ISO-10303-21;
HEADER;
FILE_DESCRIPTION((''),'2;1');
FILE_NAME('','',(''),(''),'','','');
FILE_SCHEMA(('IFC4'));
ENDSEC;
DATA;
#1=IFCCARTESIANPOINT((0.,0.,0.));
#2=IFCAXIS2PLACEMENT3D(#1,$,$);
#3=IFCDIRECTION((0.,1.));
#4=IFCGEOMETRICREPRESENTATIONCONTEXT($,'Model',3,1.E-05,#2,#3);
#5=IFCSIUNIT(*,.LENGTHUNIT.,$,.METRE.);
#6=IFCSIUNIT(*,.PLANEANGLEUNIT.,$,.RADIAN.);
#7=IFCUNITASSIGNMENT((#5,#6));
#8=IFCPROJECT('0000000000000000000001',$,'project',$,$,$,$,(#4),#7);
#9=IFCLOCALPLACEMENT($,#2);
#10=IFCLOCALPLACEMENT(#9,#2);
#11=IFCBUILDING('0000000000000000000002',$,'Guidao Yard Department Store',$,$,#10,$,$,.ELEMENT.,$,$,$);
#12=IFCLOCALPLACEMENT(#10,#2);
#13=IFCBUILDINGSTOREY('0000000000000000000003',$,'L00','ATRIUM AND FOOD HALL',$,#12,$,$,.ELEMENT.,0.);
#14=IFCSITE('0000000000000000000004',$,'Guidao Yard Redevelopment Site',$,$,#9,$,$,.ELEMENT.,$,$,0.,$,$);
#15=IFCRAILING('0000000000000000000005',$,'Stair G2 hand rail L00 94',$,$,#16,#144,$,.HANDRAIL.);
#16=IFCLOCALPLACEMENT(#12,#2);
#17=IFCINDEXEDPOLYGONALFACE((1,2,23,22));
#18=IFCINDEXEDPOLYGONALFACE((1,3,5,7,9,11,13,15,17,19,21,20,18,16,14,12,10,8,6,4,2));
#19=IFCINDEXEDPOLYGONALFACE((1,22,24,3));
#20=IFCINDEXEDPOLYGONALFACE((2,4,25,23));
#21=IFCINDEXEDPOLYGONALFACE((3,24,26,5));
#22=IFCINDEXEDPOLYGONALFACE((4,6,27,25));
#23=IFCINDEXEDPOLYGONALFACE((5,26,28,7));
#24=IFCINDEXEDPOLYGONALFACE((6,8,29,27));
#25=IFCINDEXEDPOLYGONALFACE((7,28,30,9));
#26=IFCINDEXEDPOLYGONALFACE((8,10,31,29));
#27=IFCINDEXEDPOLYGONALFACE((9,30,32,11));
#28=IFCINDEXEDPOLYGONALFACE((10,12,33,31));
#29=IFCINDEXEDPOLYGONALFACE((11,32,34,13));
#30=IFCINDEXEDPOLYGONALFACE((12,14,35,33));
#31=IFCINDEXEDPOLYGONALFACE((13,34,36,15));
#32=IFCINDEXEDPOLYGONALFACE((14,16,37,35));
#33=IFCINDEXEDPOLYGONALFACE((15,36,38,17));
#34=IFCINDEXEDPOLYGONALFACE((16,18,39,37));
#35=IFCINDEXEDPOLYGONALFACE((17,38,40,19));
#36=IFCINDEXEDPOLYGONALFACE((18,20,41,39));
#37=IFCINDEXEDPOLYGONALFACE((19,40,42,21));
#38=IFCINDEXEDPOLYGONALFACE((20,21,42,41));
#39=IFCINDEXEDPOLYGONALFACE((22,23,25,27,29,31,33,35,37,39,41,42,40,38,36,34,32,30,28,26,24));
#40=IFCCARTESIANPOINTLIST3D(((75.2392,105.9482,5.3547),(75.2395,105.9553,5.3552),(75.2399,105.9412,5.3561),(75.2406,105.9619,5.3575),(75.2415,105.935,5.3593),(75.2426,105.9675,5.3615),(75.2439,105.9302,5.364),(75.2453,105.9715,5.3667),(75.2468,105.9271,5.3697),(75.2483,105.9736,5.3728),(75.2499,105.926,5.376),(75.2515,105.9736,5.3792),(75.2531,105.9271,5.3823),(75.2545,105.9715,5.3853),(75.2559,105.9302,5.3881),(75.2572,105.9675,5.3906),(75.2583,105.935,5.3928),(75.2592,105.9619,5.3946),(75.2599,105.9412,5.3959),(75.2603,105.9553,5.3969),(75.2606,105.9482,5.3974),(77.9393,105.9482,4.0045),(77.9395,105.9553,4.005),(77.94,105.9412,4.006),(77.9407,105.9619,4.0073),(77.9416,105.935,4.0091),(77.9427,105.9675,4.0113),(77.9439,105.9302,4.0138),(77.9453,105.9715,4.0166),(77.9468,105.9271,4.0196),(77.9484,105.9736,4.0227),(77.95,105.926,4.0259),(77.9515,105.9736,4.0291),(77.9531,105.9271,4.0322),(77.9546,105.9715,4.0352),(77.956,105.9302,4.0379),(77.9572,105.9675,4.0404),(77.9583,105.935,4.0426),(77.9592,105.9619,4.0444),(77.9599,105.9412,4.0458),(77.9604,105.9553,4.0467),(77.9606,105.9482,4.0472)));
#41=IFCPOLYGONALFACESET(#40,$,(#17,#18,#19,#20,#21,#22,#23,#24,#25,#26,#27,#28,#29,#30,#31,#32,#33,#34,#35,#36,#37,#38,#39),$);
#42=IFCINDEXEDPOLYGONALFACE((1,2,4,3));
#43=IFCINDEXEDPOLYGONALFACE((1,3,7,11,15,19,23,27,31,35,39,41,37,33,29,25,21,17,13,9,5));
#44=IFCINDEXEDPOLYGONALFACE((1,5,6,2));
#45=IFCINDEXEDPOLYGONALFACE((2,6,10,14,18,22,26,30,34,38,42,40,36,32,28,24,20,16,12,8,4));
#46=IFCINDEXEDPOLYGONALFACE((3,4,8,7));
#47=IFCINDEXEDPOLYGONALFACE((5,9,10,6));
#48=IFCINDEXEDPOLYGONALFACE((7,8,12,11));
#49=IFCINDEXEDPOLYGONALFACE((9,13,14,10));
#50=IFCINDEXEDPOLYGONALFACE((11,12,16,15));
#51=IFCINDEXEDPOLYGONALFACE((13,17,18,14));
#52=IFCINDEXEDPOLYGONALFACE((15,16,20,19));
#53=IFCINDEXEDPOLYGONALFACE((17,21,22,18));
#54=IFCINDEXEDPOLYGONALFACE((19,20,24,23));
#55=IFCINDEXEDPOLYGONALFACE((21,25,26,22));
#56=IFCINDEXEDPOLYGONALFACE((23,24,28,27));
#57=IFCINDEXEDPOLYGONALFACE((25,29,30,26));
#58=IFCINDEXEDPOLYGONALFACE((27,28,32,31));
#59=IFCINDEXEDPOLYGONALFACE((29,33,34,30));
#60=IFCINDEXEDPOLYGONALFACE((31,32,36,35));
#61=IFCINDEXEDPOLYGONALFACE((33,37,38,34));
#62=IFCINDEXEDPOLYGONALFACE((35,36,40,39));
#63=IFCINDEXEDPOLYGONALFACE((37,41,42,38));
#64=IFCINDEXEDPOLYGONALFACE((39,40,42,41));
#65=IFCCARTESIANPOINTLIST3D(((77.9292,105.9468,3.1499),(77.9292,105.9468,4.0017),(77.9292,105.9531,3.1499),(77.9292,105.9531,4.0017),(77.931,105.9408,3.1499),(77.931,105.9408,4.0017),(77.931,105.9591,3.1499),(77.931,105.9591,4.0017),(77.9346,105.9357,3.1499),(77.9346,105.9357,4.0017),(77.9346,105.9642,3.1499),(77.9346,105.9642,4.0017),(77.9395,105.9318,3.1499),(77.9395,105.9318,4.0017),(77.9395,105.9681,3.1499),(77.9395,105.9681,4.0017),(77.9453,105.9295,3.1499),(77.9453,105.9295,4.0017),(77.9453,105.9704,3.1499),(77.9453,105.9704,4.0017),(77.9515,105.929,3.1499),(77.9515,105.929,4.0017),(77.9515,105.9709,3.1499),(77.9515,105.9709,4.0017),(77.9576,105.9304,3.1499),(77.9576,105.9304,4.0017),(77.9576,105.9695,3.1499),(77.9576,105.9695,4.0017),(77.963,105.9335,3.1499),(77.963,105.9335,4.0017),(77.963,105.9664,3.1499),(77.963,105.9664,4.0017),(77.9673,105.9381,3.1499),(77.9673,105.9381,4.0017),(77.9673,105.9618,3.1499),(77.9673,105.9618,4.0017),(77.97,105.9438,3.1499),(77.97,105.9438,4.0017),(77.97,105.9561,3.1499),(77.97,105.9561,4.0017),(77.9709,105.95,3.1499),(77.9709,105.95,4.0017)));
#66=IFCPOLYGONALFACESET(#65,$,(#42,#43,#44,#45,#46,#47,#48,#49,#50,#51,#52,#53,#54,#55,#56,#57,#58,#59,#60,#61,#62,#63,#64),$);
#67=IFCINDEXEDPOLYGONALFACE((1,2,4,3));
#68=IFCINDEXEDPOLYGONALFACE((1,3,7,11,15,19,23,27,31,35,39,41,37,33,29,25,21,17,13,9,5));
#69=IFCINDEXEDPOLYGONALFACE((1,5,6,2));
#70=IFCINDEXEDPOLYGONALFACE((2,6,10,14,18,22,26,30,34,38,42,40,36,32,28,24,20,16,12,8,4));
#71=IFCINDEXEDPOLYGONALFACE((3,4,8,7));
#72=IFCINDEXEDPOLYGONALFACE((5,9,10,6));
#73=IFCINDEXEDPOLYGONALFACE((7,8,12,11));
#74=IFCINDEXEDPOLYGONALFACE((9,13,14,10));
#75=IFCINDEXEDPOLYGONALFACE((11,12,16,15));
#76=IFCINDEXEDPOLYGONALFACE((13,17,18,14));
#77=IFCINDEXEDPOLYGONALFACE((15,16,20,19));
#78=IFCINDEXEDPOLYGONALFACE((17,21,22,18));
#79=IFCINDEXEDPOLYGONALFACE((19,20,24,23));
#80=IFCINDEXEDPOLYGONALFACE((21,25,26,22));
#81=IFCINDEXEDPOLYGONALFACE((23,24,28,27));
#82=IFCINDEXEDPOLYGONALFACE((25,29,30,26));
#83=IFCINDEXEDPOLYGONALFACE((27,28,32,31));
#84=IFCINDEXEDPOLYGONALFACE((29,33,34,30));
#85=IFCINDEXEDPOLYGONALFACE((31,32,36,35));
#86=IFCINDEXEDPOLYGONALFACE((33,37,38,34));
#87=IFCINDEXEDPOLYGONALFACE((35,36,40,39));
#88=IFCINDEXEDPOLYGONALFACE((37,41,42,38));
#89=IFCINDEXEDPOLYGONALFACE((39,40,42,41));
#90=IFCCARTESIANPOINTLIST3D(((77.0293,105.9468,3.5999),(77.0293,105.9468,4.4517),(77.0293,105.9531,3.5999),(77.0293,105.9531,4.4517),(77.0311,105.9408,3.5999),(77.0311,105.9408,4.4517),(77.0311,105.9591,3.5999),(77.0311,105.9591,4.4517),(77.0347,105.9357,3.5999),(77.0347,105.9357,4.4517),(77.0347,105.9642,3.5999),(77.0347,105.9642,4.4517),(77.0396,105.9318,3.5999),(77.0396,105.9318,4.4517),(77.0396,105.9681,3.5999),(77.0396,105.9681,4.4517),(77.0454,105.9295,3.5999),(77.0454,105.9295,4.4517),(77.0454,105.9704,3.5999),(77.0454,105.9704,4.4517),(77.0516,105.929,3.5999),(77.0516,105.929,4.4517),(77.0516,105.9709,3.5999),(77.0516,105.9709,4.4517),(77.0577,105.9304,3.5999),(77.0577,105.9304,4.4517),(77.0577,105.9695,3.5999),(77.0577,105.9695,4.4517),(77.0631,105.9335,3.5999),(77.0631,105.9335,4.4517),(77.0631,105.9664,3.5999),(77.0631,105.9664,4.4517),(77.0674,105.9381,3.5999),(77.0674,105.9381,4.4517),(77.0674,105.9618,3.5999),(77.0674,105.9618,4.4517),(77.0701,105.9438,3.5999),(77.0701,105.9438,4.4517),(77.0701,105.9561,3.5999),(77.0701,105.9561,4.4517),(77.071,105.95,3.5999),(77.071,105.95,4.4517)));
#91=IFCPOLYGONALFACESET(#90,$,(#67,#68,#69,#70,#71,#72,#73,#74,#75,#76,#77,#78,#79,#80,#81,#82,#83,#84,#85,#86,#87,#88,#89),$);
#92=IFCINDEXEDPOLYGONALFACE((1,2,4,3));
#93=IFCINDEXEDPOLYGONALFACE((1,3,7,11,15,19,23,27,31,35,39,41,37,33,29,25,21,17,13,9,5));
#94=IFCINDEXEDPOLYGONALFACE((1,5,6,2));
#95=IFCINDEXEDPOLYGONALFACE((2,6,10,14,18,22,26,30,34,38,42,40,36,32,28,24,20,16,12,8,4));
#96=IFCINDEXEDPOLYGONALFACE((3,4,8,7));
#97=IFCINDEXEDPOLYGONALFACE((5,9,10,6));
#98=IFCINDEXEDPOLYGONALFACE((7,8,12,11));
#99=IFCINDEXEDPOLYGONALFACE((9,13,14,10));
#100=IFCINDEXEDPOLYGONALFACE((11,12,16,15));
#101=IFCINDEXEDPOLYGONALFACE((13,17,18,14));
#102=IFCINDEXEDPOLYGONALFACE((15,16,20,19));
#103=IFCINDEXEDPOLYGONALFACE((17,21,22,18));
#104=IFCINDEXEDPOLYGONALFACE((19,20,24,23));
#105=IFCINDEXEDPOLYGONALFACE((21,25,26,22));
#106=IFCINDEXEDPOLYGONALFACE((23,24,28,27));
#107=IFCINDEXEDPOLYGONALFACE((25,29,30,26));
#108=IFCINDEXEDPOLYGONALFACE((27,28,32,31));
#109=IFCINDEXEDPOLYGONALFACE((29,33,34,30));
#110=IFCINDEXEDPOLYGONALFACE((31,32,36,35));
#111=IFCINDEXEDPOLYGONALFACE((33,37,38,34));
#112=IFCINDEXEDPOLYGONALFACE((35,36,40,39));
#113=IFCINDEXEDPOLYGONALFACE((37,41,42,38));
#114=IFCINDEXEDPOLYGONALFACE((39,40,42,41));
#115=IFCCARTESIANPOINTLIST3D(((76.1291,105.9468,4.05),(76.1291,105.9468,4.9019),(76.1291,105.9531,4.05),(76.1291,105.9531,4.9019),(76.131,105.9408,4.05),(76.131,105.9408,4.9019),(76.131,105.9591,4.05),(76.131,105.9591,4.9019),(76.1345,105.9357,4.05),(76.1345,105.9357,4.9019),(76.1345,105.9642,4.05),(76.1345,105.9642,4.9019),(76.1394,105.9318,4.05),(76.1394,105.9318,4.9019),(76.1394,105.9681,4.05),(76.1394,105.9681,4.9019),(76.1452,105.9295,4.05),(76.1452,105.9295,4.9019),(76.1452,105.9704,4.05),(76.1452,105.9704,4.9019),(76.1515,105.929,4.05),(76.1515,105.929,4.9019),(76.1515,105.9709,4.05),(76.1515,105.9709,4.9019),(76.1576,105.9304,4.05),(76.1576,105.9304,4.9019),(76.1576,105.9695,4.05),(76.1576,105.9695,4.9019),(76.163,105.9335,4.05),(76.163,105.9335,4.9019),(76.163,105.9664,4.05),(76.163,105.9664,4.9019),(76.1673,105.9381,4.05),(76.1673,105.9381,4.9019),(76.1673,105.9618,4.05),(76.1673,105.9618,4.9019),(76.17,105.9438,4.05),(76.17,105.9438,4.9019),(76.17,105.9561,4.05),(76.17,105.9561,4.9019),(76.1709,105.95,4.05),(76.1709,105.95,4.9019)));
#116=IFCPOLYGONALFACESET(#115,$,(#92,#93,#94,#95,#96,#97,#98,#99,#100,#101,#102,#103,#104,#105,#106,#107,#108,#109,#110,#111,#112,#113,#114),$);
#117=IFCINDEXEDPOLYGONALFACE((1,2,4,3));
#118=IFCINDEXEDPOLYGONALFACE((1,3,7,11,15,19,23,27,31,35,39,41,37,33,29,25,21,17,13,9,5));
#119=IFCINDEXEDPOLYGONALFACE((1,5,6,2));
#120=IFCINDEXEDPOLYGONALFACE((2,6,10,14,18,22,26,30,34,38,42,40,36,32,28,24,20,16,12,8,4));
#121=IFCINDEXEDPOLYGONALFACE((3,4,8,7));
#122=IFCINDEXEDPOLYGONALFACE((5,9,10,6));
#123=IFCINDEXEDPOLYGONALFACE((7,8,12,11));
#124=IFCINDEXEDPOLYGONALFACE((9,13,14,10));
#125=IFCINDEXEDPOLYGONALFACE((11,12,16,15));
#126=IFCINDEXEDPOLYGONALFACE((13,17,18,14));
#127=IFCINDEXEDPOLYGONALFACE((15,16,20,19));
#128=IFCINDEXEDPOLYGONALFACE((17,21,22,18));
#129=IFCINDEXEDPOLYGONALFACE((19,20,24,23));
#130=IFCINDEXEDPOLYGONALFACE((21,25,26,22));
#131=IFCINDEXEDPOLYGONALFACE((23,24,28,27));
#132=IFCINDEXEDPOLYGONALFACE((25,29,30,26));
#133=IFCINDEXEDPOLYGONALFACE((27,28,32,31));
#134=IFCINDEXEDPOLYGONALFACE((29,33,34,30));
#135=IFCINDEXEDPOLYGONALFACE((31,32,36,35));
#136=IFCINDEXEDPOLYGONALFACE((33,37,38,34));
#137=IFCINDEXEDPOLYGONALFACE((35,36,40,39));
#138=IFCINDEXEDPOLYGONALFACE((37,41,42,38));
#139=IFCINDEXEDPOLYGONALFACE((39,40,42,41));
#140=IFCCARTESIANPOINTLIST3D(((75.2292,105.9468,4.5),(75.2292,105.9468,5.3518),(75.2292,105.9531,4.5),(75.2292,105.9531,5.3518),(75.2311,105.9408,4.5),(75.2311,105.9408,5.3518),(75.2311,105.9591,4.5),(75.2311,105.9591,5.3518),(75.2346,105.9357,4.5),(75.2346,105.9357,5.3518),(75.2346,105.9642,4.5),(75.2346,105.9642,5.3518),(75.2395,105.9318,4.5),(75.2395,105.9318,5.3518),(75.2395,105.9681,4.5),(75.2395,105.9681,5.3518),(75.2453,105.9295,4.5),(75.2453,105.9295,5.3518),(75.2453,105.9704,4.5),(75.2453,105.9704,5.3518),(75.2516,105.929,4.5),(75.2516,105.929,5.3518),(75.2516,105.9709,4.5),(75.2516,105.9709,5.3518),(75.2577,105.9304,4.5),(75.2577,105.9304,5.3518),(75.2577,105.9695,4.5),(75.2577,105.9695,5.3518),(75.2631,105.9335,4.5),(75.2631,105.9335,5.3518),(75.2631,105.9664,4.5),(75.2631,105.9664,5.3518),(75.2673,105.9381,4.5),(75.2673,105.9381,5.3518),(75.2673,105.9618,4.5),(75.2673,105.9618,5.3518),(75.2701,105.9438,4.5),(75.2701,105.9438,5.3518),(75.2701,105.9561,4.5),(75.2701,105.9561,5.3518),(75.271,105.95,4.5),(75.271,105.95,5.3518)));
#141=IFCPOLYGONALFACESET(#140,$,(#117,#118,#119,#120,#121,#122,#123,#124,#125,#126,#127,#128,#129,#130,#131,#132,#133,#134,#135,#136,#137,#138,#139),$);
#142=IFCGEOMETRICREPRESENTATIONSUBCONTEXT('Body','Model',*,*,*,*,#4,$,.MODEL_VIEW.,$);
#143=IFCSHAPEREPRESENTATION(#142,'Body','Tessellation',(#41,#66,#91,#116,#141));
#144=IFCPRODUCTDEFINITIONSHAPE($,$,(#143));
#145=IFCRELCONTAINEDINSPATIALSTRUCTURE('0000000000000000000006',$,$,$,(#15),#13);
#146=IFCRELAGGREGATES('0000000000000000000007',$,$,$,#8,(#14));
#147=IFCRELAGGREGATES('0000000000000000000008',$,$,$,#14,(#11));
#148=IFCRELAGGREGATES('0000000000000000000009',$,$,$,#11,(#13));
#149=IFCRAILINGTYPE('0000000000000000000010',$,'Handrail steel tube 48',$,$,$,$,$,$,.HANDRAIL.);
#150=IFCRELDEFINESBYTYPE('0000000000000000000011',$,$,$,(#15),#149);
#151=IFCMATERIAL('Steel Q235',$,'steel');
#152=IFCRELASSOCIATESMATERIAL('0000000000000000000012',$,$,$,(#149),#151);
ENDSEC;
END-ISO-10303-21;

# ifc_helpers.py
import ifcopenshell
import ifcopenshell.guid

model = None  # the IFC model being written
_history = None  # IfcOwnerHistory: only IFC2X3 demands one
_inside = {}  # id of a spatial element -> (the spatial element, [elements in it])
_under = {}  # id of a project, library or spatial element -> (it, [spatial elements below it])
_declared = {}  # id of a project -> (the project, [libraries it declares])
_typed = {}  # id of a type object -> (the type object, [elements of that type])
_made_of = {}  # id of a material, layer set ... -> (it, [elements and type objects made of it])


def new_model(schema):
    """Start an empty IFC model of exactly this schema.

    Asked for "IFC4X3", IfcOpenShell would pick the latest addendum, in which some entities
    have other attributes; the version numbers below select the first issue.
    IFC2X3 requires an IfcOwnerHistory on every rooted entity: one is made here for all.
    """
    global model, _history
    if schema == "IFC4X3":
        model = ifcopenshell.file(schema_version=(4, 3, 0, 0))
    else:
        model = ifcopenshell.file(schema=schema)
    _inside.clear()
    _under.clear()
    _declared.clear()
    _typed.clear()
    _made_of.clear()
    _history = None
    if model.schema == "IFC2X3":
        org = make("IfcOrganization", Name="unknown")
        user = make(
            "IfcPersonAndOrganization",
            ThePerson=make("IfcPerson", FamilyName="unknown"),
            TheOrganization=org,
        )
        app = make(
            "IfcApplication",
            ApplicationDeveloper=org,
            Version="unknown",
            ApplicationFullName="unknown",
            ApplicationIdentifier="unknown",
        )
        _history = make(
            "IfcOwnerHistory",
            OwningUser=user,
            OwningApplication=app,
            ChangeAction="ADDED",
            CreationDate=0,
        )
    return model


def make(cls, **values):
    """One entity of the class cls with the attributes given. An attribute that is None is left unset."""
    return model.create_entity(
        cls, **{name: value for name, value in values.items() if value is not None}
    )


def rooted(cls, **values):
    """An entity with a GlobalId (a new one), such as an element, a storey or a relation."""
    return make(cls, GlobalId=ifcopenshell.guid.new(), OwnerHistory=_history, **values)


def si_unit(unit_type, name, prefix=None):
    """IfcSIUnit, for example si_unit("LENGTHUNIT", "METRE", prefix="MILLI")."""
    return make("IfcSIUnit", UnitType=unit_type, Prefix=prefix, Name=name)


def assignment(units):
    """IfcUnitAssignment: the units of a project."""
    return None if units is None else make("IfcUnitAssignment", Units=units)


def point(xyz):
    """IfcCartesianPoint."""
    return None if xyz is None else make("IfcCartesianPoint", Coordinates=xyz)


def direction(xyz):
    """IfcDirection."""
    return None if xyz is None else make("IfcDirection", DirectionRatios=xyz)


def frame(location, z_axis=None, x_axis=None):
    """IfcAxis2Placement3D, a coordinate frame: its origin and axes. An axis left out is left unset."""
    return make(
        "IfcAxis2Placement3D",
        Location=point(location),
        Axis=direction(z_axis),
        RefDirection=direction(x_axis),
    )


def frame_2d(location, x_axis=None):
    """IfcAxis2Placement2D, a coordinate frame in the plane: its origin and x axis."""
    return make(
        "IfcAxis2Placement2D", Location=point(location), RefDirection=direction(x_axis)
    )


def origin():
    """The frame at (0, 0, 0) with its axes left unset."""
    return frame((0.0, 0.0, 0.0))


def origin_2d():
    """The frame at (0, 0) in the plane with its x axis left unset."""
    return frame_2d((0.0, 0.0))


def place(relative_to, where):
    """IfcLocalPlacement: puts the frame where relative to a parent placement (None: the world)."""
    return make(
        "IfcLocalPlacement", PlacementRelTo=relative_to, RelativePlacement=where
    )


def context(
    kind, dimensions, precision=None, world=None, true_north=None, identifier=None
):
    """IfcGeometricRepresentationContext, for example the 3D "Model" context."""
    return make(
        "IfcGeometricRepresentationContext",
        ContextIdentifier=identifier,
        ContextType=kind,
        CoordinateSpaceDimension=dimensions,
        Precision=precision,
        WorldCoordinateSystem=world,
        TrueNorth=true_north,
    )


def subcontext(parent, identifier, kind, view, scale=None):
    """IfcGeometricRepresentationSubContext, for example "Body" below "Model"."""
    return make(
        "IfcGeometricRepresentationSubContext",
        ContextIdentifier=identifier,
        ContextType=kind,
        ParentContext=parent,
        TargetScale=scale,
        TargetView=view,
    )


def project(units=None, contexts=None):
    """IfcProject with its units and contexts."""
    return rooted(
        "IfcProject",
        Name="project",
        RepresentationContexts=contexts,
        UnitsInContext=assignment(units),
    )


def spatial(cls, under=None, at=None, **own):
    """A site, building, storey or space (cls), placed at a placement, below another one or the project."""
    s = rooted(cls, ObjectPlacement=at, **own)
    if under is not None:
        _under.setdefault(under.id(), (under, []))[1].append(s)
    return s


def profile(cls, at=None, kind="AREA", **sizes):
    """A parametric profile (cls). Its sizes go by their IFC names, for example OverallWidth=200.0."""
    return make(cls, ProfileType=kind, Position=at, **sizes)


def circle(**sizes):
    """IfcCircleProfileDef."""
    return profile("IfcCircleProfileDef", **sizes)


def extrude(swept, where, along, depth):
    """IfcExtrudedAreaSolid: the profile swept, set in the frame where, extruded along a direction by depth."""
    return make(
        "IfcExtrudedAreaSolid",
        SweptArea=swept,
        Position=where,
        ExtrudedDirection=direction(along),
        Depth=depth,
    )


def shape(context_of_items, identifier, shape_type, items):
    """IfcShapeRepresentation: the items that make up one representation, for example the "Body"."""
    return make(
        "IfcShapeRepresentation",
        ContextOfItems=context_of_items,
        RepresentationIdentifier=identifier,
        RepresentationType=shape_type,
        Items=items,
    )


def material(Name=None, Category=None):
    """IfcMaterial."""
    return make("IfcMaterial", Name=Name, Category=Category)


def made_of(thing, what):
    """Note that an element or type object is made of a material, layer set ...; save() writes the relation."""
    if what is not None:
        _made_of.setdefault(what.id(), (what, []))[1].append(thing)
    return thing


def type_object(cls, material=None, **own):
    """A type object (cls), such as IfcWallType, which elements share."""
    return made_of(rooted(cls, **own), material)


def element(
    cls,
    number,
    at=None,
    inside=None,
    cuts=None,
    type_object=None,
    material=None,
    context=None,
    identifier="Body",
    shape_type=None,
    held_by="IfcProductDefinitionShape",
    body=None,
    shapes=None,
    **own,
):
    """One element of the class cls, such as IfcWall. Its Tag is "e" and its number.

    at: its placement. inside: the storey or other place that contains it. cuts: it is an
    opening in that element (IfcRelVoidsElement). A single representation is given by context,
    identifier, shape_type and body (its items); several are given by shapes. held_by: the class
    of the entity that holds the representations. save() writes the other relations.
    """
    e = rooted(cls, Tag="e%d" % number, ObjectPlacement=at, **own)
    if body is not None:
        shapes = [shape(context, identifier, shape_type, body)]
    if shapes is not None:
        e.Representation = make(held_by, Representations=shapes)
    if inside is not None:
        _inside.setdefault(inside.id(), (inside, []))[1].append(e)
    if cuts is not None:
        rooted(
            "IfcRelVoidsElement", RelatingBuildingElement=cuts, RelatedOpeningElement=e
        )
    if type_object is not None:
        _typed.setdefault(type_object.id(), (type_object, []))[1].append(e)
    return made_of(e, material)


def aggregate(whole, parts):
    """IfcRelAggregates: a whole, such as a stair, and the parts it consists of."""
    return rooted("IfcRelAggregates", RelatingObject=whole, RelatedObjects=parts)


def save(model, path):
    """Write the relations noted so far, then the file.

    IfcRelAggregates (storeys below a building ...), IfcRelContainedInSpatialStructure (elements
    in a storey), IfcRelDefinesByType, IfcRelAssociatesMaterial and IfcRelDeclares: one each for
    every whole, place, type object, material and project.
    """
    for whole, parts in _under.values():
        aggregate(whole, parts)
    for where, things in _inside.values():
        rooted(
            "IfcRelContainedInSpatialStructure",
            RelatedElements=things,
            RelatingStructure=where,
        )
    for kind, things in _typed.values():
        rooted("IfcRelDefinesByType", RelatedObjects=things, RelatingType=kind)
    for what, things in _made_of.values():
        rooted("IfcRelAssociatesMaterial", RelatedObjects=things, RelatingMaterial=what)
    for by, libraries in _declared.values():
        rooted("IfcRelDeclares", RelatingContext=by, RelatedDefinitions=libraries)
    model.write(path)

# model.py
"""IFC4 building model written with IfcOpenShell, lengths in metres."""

from ifc_helpers import new_model, si_unit, direction, frame, origin, origin_2d, place, context, subcontext, project, spatial, circle, extrude, material, type_object, element, save


model = new_model("IFC4")

# Units and contexts
model_context = context("Model", 3, precision=1e-05, world=origin(), true_north=direction((0.0, 1.0)))
body_context = subcontext(model_context, "Body", "Model", "MODEL_VIEW")
ifc_project = project(units=[si_unit("LENGTHUNIT", "METRE"), si_unit("PLANEANGLEUNIT", "RADIAN")], contexts=[model_context])

# Site, building, storey
site_placement = place(None, origin())
site = spatial("IfcSite", under=ifc_project, at=site_placement, Name="Guidao Yard Redevelopment Site", CompositionType="ELEMENT", RefElevation=0.0)
building_placement = place(site_placement, origin())
building = spatial("IfcBuilding", under=site, at=building_placement, Name="Guidao Yard Department Store", CompositionType="ELEMENT")
storey_placement = place(building_placement, origin())
storey = spatial("IfcBuildingStorey", under=building, at=storey_placement, Name="L00", Description="ATRIUM AND FOOD HALL", CompositionType="ELEMENT", Elevation=0.0)

# Railing
ifc_material_1 = material(Name="Steel Q235", Category="steel")
railing_type = type_object("IfcRailingType", Name="Handrail steel tube 48", PredefinedType="HANDRAIL", material=ifc_material_1)
for number, where, name in (
    (1, (77.95, 105.95, 3.1499), "Stair G2 hand rail L00 94"),
):
    element("IfcRailing", number, at=place(storey_placement, frame(where)), inside=storey, type_object=railing_type, Name=name, PredefinedType="HANDRAIL", context=body_context, shape_type="SweptSolid", body=[
        extrude(circle(Radius=0.0239, at=origin_2d()), frame((0.0, 0.0, 0.876), z_axis=(-0.894411, 0.0, 0.447246), x_axis=(0.0, -1.0, 0.0)), (0.0, 0.0, 1.0), 3.0188),
        extrude(circle(Radius=0.021, at=origin_2d()), origin(), (0.0, 0.0, 1.0), 0.8518),
        extrude(circle(Radius=0.021, at=origin_2d()), frame((-0.8999, 0.0, 0.45)), (0.0, 0.0, 1.0), 0.8518),
        extrude(circle(Radius=0.021, at=origin_2d()), frame((-1.8, 0.0, 0.9001)), (0.0, 0.0, 1.0), 0.8518),
        extrude(circle(Radius=0.021, at=origin_2d()), frame((-2.7, 0.0, 1.3501)), (0.0, 0.0, 1.0), 0.8518),
    ])

save(model, "model.ifc")
